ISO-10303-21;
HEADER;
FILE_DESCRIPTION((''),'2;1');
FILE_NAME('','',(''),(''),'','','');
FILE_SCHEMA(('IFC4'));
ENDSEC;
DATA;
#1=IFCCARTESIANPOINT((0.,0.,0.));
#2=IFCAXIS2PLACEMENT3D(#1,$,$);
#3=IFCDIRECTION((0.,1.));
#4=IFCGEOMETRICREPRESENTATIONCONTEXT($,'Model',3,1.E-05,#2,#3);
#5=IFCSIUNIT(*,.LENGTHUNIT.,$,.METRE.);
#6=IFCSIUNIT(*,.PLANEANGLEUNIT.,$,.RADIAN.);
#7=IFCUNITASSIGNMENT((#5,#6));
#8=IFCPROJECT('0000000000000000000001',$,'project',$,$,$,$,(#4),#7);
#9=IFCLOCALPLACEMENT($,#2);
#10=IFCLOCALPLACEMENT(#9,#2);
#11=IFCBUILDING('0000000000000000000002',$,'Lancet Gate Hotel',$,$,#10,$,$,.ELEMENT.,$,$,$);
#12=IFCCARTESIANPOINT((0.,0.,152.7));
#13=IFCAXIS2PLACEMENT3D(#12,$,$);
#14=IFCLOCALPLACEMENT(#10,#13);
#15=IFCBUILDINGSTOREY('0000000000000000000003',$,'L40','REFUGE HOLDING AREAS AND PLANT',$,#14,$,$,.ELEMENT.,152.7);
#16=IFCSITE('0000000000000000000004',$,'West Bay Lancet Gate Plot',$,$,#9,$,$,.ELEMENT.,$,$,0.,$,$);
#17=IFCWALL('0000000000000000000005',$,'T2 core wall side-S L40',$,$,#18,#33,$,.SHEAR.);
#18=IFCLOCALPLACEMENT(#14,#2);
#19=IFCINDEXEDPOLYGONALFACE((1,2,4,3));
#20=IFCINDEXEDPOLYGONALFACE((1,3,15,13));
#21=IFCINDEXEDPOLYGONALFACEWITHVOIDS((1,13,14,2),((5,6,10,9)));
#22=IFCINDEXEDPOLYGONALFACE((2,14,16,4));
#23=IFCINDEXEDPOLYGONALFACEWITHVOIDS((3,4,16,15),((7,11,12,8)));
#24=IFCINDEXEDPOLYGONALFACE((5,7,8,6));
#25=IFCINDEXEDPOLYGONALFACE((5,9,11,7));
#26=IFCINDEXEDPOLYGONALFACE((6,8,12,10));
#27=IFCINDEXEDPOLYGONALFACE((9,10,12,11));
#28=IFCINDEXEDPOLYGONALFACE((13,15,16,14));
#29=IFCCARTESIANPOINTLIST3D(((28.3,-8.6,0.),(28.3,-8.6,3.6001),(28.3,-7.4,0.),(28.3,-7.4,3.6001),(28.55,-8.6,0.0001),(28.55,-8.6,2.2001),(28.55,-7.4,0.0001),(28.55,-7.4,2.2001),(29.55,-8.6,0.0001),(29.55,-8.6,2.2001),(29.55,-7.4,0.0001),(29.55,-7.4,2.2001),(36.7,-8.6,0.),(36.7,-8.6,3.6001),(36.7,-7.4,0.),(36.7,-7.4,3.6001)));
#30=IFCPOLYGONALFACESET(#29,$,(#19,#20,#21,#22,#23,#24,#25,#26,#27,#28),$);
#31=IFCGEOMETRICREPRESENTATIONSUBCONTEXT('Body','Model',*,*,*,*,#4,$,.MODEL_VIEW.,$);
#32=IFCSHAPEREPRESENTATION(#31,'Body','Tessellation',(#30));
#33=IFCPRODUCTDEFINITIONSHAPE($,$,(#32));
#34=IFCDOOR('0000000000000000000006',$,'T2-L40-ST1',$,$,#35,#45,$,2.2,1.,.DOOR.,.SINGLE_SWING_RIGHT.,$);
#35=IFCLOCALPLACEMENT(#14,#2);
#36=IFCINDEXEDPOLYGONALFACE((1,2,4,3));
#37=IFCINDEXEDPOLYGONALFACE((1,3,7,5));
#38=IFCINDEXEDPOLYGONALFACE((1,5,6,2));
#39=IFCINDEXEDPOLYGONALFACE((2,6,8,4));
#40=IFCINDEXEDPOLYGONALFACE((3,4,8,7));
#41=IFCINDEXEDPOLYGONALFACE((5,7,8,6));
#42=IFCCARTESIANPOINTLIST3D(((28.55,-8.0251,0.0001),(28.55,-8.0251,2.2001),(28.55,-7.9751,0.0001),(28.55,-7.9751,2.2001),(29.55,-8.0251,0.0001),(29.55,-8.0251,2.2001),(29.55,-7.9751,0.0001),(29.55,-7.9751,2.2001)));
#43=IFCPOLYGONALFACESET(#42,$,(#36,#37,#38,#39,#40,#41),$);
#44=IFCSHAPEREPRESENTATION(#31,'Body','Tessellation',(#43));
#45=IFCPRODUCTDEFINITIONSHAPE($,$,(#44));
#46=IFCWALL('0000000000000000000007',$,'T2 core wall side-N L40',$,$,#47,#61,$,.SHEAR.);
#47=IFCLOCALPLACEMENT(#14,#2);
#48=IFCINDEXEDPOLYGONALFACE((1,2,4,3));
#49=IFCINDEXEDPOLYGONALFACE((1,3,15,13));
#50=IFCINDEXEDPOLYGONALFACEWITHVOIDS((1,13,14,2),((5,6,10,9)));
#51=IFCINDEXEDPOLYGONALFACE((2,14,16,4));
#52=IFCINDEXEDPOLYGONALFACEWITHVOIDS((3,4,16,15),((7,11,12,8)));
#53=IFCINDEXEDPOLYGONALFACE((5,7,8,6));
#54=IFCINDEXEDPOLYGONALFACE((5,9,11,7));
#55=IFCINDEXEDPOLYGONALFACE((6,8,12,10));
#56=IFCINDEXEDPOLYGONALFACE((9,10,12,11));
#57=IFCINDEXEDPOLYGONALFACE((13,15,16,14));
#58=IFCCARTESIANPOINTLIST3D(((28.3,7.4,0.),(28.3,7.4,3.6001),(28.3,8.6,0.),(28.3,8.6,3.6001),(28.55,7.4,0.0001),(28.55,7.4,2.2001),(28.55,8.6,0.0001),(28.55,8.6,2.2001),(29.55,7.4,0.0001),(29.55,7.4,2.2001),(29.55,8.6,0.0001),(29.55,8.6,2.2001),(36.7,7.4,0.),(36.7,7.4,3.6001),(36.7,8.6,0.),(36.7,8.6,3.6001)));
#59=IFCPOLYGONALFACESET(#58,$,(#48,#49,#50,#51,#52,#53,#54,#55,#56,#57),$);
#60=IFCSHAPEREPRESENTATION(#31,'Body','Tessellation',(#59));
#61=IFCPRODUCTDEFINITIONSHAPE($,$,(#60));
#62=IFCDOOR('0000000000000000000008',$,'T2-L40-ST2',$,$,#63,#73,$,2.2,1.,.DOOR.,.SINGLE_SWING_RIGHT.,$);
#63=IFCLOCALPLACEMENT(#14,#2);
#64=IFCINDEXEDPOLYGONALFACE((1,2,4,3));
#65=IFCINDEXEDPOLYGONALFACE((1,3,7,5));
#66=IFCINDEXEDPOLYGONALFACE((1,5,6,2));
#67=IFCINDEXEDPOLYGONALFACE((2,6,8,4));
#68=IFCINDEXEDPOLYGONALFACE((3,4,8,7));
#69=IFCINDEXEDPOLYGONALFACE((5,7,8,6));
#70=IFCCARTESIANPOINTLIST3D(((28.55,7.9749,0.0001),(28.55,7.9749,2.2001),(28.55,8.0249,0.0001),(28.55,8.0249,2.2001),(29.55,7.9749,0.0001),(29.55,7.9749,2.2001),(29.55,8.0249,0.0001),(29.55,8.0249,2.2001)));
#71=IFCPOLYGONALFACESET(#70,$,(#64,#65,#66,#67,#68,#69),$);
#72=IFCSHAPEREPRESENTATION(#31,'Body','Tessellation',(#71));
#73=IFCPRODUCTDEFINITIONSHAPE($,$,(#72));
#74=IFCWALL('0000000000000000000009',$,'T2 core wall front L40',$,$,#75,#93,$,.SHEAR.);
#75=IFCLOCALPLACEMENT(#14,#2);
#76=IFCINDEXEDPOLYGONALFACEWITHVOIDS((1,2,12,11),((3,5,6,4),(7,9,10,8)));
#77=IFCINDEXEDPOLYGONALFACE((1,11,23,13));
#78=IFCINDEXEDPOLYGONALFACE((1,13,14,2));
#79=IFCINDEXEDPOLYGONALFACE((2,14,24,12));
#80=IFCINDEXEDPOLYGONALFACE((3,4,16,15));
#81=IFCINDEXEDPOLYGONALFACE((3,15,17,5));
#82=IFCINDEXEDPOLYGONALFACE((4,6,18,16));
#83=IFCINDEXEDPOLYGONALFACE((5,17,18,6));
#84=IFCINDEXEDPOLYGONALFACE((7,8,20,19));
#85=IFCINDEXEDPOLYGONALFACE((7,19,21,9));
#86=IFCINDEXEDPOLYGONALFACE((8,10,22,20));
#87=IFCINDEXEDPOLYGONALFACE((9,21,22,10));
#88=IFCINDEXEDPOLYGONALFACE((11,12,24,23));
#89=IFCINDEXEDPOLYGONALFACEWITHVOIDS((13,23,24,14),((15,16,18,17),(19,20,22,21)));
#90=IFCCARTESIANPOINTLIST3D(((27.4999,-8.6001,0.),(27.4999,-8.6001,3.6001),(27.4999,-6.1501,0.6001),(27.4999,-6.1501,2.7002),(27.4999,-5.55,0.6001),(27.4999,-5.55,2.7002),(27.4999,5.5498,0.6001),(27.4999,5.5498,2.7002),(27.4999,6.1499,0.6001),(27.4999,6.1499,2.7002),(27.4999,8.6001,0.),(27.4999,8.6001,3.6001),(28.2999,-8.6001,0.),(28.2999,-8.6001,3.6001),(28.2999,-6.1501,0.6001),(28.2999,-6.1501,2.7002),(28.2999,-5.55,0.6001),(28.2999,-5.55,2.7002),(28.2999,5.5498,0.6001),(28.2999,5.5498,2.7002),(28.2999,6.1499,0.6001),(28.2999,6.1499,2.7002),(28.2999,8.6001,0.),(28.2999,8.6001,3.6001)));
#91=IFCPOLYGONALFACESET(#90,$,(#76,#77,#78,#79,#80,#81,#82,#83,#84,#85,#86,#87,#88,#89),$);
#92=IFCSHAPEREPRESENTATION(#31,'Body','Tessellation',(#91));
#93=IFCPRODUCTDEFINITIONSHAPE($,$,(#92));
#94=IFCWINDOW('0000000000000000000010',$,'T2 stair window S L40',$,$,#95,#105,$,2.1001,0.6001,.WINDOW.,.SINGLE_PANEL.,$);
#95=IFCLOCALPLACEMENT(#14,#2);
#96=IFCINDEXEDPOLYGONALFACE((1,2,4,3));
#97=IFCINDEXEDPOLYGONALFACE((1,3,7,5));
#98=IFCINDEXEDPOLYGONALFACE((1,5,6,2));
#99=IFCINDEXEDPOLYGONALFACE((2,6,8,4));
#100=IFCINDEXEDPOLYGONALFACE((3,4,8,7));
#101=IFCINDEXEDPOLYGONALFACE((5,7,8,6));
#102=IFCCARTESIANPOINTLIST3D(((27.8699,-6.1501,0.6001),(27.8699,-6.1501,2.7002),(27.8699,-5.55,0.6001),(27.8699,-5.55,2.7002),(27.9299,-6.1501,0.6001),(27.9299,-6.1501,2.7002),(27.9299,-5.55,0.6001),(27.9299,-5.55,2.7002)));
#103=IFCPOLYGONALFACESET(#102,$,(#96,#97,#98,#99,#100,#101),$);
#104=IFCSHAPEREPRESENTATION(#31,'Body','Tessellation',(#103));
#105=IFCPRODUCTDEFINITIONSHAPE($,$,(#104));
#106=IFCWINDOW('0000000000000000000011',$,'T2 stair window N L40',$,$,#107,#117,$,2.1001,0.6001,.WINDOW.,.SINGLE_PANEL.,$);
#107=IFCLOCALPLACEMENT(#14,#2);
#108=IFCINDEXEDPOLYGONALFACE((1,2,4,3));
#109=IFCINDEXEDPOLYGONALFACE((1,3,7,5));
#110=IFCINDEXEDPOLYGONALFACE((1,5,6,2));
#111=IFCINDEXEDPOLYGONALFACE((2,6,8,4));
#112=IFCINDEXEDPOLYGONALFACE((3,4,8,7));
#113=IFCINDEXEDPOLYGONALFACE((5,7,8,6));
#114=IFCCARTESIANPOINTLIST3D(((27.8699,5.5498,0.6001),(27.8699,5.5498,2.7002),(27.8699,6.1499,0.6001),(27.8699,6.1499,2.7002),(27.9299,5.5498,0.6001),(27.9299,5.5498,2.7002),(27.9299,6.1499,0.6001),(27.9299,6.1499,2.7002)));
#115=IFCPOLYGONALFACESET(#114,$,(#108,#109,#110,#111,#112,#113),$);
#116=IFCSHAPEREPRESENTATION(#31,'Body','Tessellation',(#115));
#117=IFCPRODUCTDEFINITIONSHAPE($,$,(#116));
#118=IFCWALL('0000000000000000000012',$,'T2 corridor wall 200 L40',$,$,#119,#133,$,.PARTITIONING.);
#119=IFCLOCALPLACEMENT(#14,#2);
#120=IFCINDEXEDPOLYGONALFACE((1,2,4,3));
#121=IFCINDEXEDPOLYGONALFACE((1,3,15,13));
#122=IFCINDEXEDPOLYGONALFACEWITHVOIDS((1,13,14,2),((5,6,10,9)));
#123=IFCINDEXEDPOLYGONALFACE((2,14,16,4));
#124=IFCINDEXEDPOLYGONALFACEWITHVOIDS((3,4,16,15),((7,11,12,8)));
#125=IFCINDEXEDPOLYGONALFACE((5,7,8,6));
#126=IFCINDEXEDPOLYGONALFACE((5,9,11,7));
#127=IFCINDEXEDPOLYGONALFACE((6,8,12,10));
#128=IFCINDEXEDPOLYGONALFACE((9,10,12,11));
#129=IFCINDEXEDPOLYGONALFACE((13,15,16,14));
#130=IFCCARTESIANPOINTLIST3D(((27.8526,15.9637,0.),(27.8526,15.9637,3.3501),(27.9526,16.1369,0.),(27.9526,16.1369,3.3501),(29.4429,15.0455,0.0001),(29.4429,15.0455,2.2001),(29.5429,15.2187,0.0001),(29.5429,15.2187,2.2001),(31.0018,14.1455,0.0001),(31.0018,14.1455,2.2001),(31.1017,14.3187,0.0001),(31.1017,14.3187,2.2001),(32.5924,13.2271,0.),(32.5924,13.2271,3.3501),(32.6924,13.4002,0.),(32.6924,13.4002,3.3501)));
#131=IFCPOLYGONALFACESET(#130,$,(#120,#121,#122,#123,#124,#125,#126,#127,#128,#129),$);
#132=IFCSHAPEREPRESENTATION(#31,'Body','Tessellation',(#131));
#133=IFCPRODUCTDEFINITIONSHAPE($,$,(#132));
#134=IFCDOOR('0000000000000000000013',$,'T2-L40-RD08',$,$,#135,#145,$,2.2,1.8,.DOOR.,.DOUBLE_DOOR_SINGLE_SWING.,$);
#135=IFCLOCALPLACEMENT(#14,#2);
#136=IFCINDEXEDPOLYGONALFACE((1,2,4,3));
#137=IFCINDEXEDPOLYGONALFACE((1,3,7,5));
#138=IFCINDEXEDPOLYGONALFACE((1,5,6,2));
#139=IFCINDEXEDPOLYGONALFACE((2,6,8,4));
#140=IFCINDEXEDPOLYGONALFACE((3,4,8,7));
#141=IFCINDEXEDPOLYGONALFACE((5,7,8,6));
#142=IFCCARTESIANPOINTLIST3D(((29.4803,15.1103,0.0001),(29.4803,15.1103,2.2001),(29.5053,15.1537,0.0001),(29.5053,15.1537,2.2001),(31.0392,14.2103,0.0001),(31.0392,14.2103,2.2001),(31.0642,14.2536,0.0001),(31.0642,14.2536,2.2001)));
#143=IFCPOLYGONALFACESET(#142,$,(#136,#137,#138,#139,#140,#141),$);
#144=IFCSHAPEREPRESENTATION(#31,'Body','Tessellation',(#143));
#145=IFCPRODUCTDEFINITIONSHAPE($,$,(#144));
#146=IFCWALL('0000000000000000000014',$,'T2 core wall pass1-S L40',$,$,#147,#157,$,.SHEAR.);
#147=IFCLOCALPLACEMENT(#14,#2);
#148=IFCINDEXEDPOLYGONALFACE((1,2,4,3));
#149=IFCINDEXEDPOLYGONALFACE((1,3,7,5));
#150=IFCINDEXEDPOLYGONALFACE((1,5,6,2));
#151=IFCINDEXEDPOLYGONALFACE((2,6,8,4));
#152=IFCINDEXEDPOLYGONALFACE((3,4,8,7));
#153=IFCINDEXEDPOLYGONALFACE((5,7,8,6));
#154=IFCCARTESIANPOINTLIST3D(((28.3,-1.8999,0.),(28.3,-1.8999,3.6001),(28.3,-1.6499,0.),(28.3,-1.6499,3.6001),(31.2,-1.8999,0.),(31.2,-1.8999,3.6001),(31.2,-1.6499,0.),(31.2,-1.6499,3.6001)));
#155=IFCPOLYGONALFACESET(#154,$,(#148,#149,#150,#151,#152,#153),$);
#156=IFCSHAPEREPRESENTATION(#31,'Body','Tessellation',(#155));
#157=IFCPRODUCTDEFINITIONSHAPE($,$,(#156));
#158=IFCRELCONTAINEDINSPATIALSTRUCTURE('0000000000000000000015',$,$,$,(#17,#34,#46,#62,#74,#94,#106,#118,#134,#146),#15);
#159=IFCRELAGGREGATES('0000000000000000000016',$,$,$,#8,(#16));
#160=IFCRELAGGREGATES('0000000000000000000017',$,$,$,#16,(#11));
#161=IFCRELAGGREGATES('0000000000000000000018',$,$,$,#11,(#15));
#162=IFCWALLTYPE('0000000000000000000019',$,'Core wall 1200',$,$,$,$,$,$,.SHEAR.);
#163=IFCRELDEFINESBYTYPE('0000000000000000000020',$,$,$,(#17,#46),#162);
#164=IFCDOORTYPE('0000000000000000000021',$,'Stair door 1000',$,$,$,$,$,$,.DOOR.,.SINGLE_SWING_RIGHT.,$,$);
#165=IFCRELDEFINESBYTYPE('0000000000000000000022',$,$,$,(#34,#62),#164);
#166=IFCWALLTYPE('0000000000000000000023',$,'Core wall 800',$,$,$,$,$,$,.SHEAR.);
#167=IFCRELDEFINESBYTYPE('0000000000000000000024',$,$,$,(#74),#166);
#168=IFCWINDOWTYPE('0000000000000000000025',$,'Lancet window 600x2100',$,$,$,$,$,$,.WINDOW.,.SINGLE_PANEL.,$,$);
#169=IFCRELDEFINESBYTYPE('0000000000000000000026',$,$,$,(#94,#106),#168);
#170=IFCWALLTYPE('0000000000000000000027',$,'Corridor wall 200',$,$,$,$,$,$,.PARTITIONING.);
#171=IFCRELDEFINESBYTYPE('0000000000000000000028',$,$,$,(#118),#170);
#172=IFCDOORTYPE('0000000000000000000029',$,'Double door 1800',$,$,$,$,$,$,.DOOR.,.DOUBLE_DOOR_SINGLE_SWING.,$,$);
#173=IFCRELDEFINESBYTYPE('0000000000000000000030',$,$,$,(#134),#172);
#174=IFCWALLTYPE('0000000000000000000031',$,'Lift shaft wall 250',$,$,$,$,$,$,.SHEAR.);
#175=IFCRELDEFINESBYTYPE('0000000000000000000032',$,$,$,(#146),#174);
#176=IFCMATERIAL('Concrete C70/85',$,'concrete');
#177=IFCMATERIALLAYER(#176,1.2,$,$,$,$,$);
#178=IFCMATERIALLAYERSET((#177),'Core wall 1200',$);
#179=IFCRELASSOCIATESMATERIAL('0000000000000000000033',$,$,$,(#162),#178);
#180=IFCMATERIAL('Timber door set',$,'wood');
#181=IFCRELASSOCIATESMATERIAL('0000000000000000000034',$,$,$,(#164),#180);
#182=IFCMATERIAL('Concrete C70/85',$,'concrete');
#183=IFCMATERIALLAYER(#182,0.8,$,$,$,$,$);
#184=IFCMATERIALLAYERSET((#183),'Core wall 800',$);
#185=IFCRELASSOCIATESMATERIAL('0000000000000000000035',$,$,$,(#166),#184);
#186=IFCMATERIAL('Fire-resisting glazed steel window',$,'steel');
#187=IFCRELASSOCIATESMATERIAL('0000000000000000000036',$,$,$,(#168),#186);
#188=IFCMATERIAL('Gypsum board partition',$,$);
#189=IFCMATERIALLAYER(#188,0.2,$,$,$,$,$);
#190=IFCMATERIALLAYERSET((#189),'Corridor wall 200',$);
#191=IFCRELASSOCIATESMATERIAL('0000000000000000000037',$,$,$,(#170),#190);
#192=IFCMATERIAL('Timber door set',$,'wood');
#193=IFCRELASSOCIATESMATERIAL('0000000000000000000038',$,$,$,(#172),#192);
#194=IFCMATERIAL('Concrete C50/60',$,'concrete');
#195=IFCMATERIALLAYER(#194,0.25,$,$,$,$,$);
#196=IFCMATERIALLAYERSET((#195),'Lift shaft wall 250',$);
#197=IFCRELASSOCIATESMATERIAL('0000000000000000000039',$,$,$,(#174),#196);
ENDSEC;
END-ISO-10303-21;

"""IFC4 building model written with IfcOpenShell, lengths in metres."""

from ifc_helpers import new_model, si_unit, direction, frame, frame_2d, origin, place, context, subcontext, project, spatial, rectangle, extrude, material, layer, layer_set, type_object, element, fill, save


model = new_model("IFC4")

# Units and contexts
model_context = context("Model", 3, precision=1e-05, world=origin(), true_north=direction((0.0, 1.0)))
body_context = subcontext(model_context, "Body", "Model", "MODEL_VIEW")
ifc_project = project(units=[si_unit("LENGTHUNIT", "METRE"), si_unit("PLANEANGLEUNIT", "RADIAN")], contexts=[model_context])

# Site, building, storey
site_placement = place(None, origin())
site = spatial("IfcSite", under=ifc_project, at=site_placement, Name="West Bay Lancet Gate Plot", CompositionType="ELEMENT", RefElevation=0.0)
building_placement = place(site_placement, origin())
building = spatial("IfcBuilding", under=site, at=building_placement, Name="Lancet Gate Hotel", CompositionType="ELEMENT")
storey_placement = place(building_placement, frame((0.0, 0.0, 152.7)))
storey = spatial("IfcBuildingStorey", under=building, at=storey_placement, Name="L40", Description="REFUGE HOLDING AREAS AND PLANT", CompositionType="ELEMENT", Elevation=152.7)

# Walls, openings, doors
ifc_material_1 = material(Name="Concrete C70/85", Category="concrete")
ifc_layer_1 = layer(ifc_material_1, 1.2)
ifc_layer_set_1 = layer_set([ifc_layer_1], Name="Core wall 1200")
wall_type_1 = type_object("IfcWallType", Name="Core wall 1200", PredefinedType="SHEAR", material=ifc_layer_set_1)
wall_1_placement = place(storey_placement, frame((28.3, -8.0, 0.0), z_axis=(0.0, 0.0, 1.0), x_axis=(1.0, 0.0, 0.0)))
wall_1 = element("IfcWall", 1, at=wall_1_placement, inside=storey, type_object=wall_type_1, Name="T2 core wall side-S L40", PredefinedType="SHEAR", context=body_context, shape_type="SweptSolid", body=[
    extrude(rectangle(XDim=8.3999, YDim=1.2, at=frame_2d((4.2, 0.0))), origin(), (0.0, 0.0, 1.0), 3.6001),
])
opening_1_placement = place(wall_1_placement, frame((0.25, 0.0, 0.0)))
opening_1 = element("IfcOpeningElement", 2, at=opening_1_placement, cuts=wall_1, PredefinedType="OPENING", context=body_context, shape_type="SweptSolid", body=[
    extrude(rectangle(XDim=1.0, YDim=2.2, at=frame_2d((0.5, 1.1001))), frame((0.0, 0.6099, 0.0), z_axis=(0.0, -1.0, 0.0), x_axis=(1.0, 0.0, 0.0)), (0.0, 0.0, 1.0), 1.22),
])
ifc_material_2 = material(Name="Timber door set", Category="wood")
door_type_1 = type_object("IfcDoorType", Name="Stair door 1000", OperationType="SINGLE_SWING_RIGHT", PredefinedType="DOOR", material=ifc_material_2)
door_1_placement = place(opening_1_placement, origin())
door_1 = element("IfcDoor", 3, at=door_1_placement, inside=storey, type_object=door_type_1, Name="T2-L40-ST1", OperationType="SINGLE_SWING_RIGHT", OverallHeight=2.2, OverallWidth=1.0, PredefinedType="DOOR", context=body_context, shape_type="SweptSolid", body=[
    extrude(rectangle(XDim=1.0, YDim=2.2, at=frame_2d((0.5, 1.1001))), frame((0.0, 0.0249, 0.0), z_axis=(0.0, -1.0, 0.0), x_axis=(1.0, 0.0, 0.0)), (0.0, 0.0, 1.0), 0.05),
])
fill(opening_1, door_1)
wall_2_placement = place(storey_placement, frame((28.3, 8.0, 0.0), z_axis=(0.0, 0.0, 1.0), x_axis=(1.0, 0.0, 0.0)))
wall_2 = element("IfcWall", 4, at=wall_2_placement, inside=storey, type_object=wall_type_1, Name="T2 core wall side-N L40", PredefinedType="SHEAR", context=body_context, shape_type="SweptSolid", body=[
    extrude(rectangle(XDim=8.3999, YDim=1.2, at=frame_2d((4.2, 0.0))), origin(), (0.0, 0.0, 1.0), 3.6001),
])
opening_2_placement = place(wall_2_placement, frame((0.25, 0.0, 0.0)))
opening_2 = element("IfcOpeningElement", 5, at=opening_2_placement, cuts=wall_2, PredefinedType="OPENING", context=body_context, shape_type="SweptSolid", body=[
    extrude(rectangle(XDim=1.0, YDim=2.2, at=frame_2d((0.5, 1.1001))), frame((0.0, 0.6099, 0.0), z_axis=(0.0, -1.0, 0.0), x_axis=(1.0, 0.0, 0.0)), (0.0, 0.0, 1.0), 1.22),
])
door_2_placement = place(opening_2_placement, origin())
door_2 = element("IfcDoor", 6, at=door_2_placement, inside=storey, type_object=door_type_1, Name="T2-L40-ST2", OperationType="SINGLE_SWING_RIGHT", OverallHeight=2.2, OverallWidth=1.0, PredefinedType="DOOR", context=body_context, shape_type="SweptSolid", body=[
    extrude(rectangle(XDim=1.0, YDim=2.2, at=frame_2d((0.5, 1.1001))), frame((0.0, 0.0249, 0.0), z_axis=(0.0, -1.0, 0.0), x_axis=(1.0, 0.0, 0.0)), (0.0, 0.0, 1.0), 0.05),
])
fill(opening_2, door_2)

# Wall, openings, windows
ifc_material_3 = material(Name="Concrete C70/85", Category="concrete")
ifc_layer_2 = layer(ifc_material_3, 0.8)
ifc_layer_set_2 = layer_set([ifc_layer_2], Name="Core wall 800")
wall_type_2 = type_object("IfcWallType", Name="Core wall 800", PredefinedType="SHEAR", material=ifc_layer_set_2)
wall_3_placement = place(storey_placement, frame((27.8999, -8.6001, 0.0), z_axis=(0.0, 0.0, 1.0), x_axis=(0.0, 1.0, 0.0)))
wall_3 = element("IfcWall", 7, at=wall_3_placement, inside=storey, type_object=wall_type_2, Name="T2 core wall front L40", PredefinedType="SHEAR", context=body_context, shape_type="SweptSolid", body=[
    extrude(rectangle(XDim=17.2002, YDim=0.8, at=frame_2d((8.6001, 0.0))), origin(), (0.0, 0.0, 1.0), 3.6001),
])
opening_3_placement = place(wall_3_placement, frame((2.45, 0.0, 0.6001)))
opening_3 = element("IfcOpeningElement", 8, at=opening_3_placement, cuts=wall_3, PredefinedType="OPENING", context=body_context, shape_type="SweptSolid", body=[
    extrude(rectangle(XDim=0.6001, YDim=2.1001, at=frame_2d((0.3, 1.05))), frame((0.0, 0.4099, 0.0), z_axis=(0.0, -1.0, 0.0), x_axis=(1.0, 0.0, 0.0)), (0.0, 0.0, 1.0), 0.8201),
])
opening_4_placement = place(wall_3_placement, frame((14.1499, 0.0, 0.6001)))
opening_4 = element("IfcOpeningElement", 9, at=opening_4_placement, cuts=wall_3, PredefinedType="OPENING", context=body_context, shape_type="SweptSolid", body=[
    extrude(rectangle(XDim=0.6001, YDim=2.1001, at=frame_2d((0.3, 1.05))), frame((0.0, 0.4099, 0.0), z_axis=(0.0, -1.0, 0.0), x_axis=(1.0, 0.0, 0.0)), (0.0, 0.0, 1.0), 0.8201),
])
ifc_material_4 = material(Name="Fire-resisting glazed steel window", Category="steel")
window_type = type_object("IfcWindowType", Name="Lancet window 600x2100", PartitioningType="SINGLE_PANEL", PredefinedType="WINDOW", material=ifc_material_4)
window_1_placement = place(opening_3_placement, origin())
window_1 = element("IfcWindow", 10, at=window_1_placement, inside=storey, type_object=window_type, Name="T2 stair window S L40", OverallHeight=2.1001, OverallWidth=0.6001, PartitioningType="SINGLE_PANEL", PredefinedType="WINDOW", context=body_context, shape_type="SweptSolid", body=[
    extrude(rectangle(XDim=0.6001, YDim=2.1001, at=frame_2d((0.3, 1.05))), frame((0.0, 0.03, 0.0), z_axis=(0.0, -1.0, 0.0), x_axis=(1.0, 0.0, 0.0)), (0.0, 0.0, 1.0), 0.0601),
])
fill(opening_3, window_1)
window_2_placement = place(opening_4_placement, origin())
window_2 = element("IfcWindow", 11, at=window_2_placement, inside=storey, type_object=window_type, Name="T2 stair window N L40", OverallHeight=2.1001, OverallWidth=0.6001, PartitioningType="SINGLE_PANEL", PredefinedType="WINDOW", context=body_context, shape_type="SweptSolid", body=[
    extrude(rectangle(XDim=0.6001, YDim=2.1001, at=frame_2d((0.3, 1.05))), frame((0.0, 0.03, 0.0), z_axis=(0.0, -1.0, 0.0), x_axis=(1.0, 0.0, 0.0)), (0.0, 0.0, 1.0), 0.0601),
])
fill(opening_4, window_2)

# Wall, opening, door
ifc_material_5 = material(Name="Gypsum board partition")
ifc_layer_3 = layer(ifc_material_5, 0.2)
ifc_layer_set_3 = layer_set([ifc_layer_3], Name="Corridor wall 200")
wall_type_3 = type_object("IfcWallType", Name="Corridor wall 200", PredefinedType="PARTITIONING", material=ifc_layer_set_3)
wall_4_placement = place(storey_placement, frame((27.9026, 16.0503, 0.0), z_axis=(0.0, 0.0, 1.0), x_axis=(0.866019, -0.500011, 0.0)))
wall_4 = element("IfcWall", 12, at=wall_4_placement, inside=storey, type_object=wall_type_3, Name="T2 corridor wall 200 L40", PredefinedType="PARTITIONING", context=body_context, shape_type="SweptSolid", body=[
    extrude(rectangle(XDim=5.4731, YDim=0.2, at=frame_2d((2.7366, 0.0))), origin(), (0.0, 0.0, 1.0), 3.3501),
])
opening_5_placement = place(wall_4_placement, frame((1.8364, 0.0, 0.0)))
opening_5 = element("IfcOpeningElement", 13, at=opening_5_placement, cuts=wall_4, PredefinedType="OPENING", context=body_context, shape_type="SweptSolid", body=[
    extrude(rectangle(XDim=1.8, YDim=2.2, at=frame_2d((0.8999, 1.1001))), frame((0.0, 0.1099, 0.0), z_axis=(0.0, -1.0, 0.0), x_axis=(1.0, 0.0, 0.0)), (0.0, 0.0, 1.0), 0.22),
])
ifc_material_6 = material(Name="Timber door set", Category="wood")
door_type_2 = type_object("IfcDoorType", Name="Double door 1800", OperationType="DOUBLE_DOOR_SINGLE_SWING", PredefinedType="DOOR", material=ifc_material_6)
door_3_placement = place(opening_5_placement, origin())
door_3 = element("IfcDoor", 14, at=door_3_placement, inside=storey, type_object=door_type_2, Name="T2-L40-RD08", OperationType="DOUBLE_DOOR_SINGLE_SWING", OverallHeight=2.2, OverallWidth=1.8, PredefinedType="DOOR", context=body_context, shape_type="SweptSolid", body=[
    extrude(rectangle(XDim=1.8, YDim=2.2, at=frame_2d((0.8999, 1.1001))), frame((0.0, 0.0249, 0.0), z_axis=(0.0, -1.0, 0.0), x_axis=(1.0, 0.0, 0.0)), (0.0, 0.0, 1.0), 0.05),
])
fill(opening_5, door_3)

# Wall
ifc_material_7 = material(Name="Concrete C50/60", Category="concrete")
ifc_layer_4 = layer(ifc_material_7, 0.25)
ifc_layer_set_4 = layer_set([ifc_layer_4], Name="Lift shaft wall 250")
wall_type_4 = type_object("IfcWallType", Name="Lift shaft wall 250", PredefinedType="SHEAR", material=ifc_layer_set_4)
wall_5_placement = place(storey_placement, frame((28.3, -1.7749, 0.0), z_axis=(0.0, 0.0, 1.0), x_axis=(1.0, 0.0, 0.0)))
element("IfcWall", 15, at=wall_5_placement, inside=storey, type_object=wall_type_4, Name="T2 core wall pass1-S L40", PredefinedType="SHEAR", context=body_context, shape_type="SweptSolid", body=[
    extrude(rectangle(XDim=2.8999, YDim=0.25, at=frame_2d((1.45, 0.0))), origin(), (0.0, 0.0, 1.0), 3.6001),
])

save(model, "model.ifc")
